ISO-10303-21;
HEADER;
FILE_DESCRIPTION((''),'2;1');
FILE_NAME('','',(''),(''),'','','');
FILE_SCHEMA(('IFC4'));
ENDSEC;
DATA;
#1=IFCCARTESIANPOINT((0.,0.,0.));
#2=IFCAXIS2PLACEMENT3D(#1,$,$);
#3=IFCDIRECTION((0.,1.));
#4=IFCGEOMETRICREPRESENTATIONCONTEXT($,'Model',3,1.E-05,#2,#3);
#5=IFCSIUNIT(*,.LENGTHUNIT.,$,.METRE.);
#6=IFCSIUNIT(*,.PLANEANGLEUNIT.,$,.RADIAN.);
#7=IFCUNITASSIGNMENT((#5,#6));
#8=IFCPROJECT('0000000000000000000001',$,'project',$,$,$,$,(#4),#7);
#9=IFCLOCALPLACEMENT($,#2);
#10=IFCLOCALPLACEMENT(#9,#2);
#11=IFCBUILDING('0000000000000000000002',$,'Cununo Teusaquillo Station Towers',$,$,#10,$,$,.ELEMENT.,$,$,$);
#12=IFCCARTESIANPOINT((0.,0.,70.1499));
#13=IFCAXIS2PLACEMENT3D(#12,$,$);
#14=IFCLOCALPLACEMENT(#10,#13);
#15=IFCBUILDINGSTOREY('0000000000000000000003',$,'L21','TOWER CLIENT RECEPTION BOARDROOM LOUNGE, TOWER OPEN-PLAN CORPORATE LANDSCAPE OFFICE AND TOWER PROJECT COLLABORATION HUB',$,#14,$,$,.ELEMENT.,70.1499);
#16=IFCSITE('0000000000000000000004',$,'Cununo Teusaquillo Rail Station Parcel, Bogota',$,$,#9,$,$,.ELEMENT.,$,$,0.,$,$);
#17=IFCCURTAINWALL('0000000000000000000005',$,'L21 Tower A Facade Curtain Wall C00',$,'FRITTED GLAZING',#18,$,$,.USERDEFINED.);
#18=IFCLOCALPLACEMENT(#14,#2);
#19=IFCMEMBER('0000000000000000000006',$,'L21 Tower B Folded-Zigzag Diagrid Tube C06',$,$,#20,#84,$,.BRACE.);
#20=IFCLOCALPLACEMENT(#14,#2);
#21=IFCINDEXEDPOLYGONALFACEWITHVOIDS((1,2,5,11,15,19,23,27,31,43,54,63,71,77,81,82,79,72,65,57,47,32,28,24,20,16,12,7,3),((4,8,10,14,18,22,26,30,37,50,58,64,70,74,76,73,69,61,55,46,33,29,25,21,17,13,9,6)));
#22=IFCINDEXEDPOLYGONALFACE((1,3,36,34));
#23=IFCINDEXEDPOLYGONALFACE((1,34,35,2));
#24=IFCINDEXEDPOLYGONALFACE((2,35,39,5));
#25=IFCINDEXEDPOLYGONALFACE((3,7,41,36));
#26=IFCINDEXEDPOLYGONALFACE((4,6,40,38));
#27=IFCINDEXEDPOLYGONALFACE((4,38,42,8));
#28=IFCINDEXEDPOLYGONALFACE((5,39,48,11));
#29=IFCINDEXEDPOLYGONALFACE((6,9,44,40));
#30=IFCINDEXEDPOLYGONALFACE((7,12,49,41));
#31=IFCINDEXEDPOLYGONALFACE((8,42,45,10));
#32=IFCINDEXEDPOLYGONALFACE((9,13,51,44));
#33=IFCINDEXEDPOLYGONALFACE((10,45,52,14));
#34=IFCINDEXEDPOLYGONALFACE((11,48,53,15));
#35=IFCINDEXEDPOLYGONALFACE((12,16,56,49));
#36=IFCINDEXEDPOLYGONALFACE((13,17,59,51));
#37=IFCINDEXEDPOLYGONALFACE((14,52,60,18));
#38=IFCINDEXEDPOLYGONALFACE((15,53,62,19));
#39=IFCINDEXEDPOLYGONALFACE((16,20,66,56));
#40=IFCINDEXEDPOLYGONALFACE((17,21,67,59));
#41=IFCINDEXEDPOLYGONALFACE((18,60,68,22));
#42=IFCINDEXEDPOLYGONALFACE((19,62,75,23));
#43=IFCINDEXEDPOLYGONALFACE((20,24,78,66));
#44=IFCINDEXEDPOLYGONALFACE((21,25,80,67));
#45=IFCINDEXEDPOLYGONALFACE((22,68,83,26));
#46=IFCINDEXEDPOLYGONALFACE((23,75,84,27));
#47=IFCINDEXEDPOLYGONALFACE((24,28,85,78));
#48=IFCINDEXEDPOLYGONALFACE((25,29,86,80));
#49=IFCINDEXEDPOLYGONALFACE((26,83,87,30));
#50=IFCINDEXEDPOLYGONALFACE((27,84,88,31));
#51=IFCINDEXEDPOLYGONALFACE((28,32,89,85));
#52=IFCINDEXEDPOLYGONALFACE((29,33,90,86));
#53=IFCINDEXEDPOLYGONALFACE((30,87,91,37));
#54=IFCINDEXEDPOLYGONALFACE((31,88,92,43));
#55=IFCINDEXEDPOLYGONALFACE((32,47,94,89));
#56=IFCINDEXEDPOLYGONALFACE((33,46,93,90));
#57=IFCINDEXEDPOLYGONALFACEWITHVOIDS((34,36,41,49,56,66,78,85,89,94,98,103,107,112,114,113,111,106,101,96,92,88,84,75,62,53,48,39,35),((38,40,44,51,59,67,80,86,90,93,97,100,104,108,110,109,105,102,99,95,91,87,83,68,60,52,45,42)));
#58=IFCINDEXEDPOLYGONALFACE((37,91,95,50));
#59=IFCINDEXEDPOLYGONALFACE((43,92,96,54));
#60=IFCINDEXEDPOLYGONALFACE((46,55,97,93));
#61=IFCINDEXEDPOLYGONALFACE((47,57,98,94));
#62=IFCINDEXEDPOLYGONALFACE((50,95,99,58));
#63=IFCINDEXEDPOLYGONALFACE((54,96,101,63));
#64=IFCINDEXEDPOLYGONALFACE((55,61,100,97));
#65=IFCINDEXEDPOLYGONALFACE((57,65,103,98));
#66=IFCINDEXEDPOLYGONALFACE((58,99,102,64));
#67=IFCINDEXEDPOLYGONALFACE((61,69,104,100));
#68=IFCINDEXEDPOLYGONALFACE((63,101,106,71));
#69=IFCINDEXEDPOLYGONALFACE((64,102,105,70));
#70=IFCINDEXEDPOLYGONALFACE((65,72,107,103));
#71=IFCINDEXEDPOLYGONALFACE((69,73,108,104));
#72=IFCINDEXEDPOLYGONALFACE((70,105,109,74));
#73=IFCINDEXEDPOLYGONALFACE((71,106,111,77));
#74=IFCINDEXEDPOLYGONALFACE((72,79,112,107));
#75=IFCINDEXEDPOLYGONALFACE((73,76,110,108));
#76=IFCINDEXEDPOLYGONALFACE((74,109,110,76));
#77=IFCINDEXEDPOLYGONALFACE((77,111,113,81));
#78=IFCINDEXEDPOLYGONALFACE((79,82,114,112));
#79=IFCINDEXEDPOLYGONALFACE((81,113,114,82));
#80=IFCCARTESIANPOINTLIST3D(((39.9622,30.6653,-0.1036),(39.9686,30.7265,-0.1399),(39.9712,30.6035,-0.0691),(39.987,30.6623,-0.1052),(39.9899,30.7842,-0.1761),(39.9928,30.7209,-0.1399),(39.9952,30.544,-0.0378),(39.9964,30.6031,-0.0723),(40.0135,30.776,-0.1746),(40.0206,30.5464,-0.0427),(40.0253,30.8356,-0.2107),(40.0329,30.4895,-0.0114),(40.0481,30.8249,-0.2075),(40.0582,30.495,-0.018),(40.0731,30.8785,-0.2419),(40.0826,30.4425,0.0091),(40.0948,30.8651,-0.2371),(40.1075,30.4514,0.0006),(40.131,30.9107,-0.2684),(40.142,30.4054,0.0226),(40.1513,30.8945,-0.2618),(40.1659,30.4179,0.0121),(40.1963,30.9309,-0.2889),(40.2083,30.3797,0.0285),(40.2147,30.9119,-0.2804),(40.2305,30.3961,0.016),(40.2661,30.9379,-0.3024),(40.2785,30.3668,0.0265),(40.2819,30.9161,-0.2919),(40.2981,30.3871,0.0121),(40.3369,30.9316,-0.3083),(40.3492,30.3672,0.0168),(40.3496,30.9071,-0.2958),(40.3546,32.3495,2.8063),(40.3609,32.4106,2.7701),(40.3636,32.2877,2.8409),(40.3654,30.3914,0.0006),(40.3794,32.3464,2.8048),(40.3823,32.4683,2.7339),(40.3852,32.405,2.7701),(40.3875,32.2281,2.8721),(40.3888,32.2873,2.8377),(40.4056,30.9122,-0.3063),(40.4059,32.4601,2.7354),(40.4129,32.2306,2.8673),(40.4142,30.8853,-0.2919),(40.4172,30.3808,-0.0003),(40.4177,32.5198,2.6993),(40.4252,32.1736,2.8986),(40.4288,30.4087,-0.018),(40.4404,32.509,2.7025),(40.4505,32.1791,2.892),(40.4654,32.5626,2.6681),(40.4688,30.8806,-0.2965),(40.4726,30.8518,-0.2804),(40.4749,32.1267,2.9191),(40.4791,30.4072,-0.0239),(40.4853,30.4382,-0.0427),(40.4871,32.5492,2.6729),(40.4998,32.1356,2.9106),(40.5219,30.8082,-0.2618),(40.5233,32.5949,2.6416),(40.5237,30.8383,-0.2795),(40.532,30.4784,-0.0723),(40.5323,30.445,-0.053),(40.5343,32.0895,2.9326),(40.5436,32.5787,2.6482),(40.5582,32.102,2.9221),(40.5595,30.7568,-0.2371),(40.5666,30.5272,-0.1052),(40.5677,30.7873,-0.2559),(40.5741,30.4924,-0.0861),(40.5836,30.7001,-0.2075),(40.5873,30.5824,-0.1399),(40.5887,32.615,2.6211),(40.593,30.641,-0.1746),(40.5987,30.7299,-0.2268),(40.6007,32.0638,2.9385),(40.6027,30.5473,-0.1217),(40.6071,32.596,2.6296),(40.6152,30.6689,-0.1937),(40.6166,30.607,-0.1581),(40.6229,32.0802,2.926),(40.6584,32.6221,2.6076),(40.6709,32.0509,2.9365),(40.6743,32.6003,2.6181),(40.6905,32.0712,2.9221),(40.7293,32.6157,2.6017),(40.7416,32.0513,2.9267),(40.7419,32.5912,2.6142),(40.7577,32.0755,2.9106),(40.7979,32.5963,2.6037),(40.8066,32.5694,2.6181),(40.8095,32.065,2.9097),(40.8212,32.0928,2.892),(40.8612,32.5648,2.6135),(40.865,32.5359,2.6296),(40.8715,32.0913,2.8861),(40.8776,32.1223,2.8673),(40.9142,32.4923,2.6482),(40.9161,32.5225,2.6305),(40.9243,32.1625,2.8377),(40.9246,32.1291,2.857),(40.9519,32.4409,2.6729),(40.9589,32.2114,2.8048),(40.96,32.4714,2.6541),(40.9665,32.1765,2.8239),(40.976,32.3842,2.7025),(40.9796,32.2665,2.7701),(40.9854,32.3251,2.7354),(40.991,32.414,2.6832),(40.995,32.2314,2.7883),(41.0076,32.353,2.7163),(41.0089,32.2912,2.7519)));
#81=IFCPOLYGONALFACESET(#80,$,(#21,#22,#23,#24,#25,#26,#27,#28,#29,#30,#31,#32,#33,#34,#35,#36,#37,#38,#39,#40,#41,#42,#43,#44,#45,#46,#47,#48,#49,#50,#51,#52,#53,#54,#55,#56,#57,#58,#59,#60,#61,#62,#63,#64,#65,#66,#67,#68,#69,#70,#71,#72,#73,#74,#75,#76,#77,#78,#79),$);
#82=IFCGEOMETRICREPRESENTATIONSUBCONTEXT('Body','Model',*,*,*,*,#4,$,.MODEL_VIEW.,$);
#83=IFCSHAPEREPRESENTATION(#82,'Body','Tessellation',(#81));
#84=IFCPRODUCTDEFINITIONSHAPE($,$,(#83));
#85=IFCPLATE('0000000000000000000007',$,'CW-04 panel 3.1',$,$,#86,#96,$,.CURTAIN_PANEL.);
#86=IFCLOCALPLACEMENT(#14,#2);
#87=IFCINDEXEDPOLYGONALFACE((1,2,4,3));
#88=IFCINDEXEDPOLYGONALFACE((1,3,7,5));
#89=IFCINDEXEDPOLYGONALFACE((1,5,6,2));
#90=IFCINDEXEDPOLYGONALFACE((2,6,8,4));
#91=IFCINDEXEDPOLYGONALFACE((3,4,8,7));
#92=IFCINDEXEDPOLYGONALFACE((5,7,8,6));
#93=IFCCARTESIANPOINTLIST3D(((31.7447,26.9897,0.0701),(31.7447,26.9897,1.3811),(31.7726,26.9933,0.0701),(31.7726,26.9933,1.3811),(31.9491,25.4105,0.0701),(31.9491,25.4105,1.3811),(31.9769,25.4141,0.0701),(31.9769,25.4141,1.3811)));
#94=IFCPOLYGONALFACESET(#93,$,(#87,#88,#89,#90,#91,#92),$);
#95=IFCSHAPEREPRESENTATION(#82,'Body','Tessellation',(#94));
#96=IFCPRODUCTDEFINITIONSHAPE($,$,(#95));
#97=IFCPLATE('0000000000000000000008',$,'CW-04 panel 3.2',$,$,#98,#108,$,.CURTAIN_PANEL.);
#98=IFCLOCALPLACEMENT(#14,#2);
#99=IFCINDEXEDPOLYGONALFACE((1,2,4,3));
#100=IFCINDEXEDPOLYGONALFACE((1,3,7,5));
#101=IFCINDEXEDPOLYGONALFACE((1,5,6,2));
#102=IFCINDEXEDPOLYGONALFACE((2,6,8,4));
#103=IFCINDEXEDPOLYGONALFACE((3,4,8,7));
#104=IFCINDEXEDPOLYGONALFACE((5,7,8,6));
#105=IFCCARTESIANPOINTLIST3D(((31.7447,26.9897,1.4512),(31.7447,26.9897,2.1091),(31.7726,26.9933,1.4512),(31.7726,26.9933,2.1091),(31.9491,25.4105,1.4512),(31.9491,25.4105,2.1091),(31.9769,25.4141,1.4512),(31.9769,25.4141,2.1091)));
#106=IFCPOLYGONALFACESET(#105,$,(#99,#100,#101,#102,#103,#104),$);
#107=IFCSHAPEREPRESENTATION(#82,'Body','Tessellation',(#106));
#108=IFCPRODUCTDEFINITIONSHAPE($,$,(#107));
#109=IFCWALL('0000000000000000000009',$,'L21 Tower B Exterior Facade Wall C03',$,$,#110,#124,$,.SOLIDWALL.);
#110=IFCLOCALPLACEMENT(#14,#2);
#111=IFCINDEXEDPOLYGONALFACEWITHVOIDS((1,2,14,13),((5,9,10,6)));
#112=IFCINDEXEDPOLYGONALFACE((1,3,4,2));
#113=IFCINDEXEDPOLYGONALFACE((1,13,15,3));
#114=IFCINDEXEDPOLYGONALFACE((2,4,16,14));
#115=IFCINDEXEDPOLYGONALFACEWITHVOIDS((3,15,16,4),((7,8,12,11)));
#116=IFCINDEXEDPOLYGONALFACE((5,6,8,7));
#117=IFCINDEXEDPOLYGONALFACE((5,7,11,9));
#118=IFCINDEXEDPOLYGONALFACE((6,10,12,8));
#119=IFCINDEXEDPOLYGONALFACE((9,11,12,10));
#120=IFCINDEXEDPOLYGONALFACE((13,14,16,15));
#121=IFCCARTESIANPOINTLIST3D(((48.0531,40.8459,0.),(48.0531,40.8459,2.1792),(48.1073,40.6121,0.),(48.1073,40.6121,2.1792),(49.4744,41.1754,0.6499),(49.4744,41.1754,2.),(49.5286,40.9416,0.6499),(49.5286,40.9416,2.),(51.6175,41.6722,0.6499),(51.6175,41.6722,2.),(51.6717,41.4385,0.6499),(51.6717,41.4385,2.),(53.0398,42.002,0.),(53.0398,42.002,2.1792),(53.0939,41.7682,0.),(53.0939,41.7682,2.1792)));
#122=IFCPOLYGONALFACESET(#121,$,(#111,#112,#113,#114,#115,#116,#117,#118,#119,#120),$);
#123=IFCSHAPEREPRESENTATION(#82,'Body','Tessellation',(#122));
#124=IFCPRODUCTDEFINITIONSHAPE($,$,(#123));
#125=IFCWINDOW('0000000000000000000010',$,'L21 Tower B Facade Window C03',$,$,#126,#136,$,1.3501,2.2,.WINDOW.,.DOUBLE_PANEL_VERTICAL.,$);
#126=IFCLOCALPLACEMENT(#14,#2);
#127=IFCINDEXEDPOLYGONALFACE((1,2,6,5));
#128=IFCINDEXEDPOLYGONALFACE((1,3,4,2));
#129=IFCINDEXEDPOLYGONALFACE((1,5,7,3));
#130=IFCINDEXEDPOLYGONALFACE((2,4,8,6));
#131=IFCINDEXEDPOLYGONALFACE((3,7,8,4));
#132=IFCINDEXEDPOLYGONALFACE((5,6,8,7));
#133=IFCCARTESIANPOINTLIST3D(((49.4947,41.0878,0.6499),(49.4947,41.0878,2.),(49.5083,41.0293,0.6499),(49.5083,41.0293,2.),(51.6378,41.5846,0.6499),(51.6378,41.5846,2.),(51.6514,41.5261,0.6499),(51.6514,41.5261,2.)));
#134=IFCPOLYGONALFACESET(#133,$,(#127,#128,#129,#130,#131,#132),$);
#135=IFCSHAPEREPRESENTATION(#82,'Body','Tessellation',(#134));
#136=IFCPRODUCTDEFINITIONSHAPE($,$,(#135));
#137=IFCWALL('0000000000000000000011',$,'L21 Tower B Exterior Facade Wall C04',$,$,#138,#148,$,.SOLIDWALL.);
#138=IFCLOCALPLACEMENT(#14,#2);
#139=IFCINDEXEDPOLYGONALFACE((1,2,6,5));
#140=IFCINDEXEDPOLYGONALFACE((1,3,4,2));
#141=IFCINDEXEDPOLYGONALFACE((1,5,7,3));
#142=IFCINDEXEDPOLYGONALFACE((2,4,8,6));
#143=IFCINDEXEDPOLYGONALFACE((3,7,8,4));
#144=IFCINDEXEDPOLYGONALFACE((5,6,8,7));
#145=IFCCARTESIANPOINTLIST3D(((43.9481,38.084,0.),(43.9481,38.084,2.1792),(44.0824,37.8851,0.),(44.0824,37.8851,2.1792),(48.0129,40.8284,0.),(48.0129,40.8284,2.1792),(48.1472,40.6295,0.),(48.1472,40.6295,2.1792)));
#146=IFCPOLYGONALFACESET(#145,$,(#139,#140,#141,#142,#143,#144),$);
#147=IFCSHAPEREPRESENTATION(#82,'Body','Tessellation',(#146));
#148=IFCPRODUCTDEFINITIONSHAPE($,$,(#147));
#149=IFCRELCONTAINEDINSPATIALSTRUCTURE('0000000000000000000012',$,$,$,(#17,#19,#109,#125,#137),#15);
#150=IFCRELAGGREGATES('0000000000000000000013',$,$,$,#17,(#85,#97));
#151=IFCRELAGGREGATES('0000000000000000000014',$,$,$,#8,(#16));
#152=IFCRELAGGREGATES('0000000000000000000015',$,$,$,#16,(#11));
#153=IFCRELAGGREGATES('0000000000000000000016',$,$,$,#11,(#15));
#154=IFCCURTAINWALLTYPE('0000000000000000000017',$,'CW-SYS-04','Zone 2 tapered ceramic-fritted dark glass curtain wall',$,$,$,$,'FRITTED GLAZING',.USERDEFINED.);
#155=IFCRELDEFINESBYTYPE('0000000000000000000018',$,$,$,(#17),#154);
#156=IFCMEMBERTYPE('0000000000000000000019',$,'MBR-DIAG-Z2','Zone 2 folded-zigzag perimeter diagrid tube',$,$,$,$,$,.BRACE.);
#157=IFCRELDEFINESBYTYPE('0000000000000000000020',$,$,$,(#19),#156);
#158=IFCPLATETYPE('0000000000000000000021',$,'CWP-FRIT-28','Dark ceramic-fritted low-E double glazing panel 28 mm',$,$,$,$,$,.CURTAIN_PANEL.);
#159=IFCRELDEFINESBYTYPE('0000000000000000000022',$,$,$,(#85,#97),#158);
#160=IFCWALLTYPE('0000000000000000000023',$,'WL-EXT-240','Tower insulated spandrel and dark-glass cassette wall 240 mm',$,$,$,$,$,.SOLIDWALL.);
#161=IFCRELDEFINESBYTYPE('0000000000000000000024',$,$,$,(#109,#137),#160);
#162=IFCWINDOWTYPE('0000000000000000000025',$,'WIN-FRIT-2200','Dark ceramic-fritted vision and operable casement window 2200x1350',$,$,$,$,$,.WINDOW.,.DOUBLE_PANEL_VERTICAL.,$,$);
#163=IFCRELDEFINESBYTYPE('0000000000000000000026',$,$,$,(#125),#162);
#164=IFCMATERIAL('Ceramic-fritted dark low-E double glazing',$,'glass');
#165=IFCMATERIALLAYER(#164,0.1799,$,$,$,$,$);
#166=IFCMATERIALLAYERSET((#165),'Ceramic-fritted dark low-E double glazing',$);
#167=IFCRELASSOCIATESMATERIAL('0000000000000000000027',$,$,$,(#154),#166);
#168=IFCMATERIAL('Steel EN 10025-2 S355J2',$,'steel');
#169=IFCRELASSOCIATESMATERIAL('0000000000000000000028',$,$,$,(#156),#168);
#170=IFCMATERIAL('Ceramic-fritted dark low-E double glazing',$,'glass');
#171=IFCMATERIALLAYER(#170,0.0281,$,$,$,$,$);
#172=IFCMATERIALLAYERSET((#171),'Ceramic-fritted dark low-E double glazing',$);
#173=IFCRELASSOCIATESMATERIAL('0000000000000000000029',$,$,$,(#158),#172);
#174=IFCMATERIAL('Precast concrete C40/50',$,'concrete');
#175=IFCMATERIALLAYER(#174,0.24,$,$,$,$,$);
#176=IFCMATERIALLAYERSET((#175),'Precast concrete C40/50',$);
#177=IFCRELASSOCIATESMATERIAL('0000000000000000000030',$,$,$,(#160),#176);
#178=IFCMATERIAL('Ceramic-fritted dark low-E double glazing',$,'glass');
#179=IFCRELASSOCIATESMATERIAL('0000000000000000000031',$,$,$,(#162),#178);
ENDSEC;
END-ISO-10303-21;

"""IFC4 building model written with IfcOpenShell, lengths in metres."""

from ifc_helpers import new_model, si_unit, direction, frame, frame_2d, origin, origin_2d, place, context, subcontext, project, spatial, rectangle, hollow_circle, extrude, source, transform, mapped, material, layer, layer_set, material_profile, profile_set, type_object, element, fill, aggregate, save


model = new_model("IFC4")

# Units and contexts
model_context = context("Model", 3, precision=1e-05, world=origin(), true_north=direction((0.0, 1.0)))
body_context = subcontext(model_context, "Body", "Model", "MODEL_VIEW")
ifc_project = project(units=[si_unit("LENGTHUNIT", "METRE"), si_unit("PLANEANGLEUNIT", "RADIAN")], contexts=[model_context])

# Site, building, storey
site_placement = place(None, origin())
site = spatial("IfcSite", under=ifc_project, at=site_placement, Name="Cununo Teusaquillo Rail Station Parcel, Bogota", CompositionType="ELEMENT", RefElevation=0.0)
building_placement = place(site_placement, origin())
building = spatial("IfcBuilding", under=site, at=building_placement, Name="Cununo Teusaquillo Station Towers", CompositionType="ELEMENT")
storey_placement = place(building_placement, frame((0.0, 0.0, 70.1499)))
storey = spatial("IfcBuildingStorey", under=building, at=storey_placement, Name="L21", Description="TOWER CLIENT RECEPTION BOARDROOM LOUNGE, TOWER OPEN-PLAN CORPORATE LANDSCAPE OFFICE AND TOWER PROJECT COLLABORATION HUB", CompositionType="ELEMENT", Elevation=70.1499)

# Curtain wall
ifc_material_1 = material(Name="Ceramic-fritted dark low-E double glazing", Category="glass")
ifc_layer_1 = layer(ifc_material_1, 0.1799)
ifc_layer_set_1 = layer_set([ifc_layer_1], Name="Ceramic-fritted dark low-E double glazing")
curtain_wall_type = type_object("IfcCurtainWallType", Name="CW-SYS-04", Description="Zone 2 tapered ceramic-fritted dark glass curtain wall", ElementType="FRITTED GLAZING", PredefinedType="USERDEFINED", material=ifc_layer_set_1)
curtain_wall_placement = place(storey_placement, origin())
curtain_wall = element("IfcCurtainWall", 1, at=curtain_wall_placement, inside=storey, type_object=curtain_wall_type, Name="L21 Tower A Facade Curtain Wall C00", ObjectType="FRITTED GLAZING", PredefinedType="USERDEFINED")

# Member
ifc_material_2 = material(Name="Steel EN 10025-2 S355J2", Category="steel")
ifc_material_profile_1 = material_profile(ifc_material_2, hollow_circle(Radius=0.3301, WallThickness=0.0249, at=origin_2d()), Name="CHS 660x25")
ifc_profile_set_1 = profile_set([ifc_material_profile_1], Name="Steel EN 10025-2 S355J2")
member_type_1 = type_object("IfcMemberType", Name="MBR-DIAG-Z2", Description="Zone 2 folded-zigzag perimeter diagrid tube", PredefinedType="BRACE", material=ifc_profile_set_1)
member_1_placement = place(storey_placement, frame((40.29, 30.6516, -0.1399), z_axis=(0.115907, 0.497526, 0.859671), x_axis=(-0.97392, 0.22689, 0.0)))
element("IfcMember", 2, at=member_1_placement, inside=storey, type_object=member_type_1, Name="L21 Tower B Folded-Zigzag Diagrid Tube C06", PredefinedType="BRACE", context=body_context, shape_type="SweptSolid", body=[
    extrude(hollow_circle(Radius=0.3301, WallThickness=0.0249, at=origin_2d()), origin(), (0.0, 0.0, 1.0), 3.385),
])

# Plates
ifc_material_3 = material(Name="Ceramic-fritted dark low-E double glazing", Category="glass")
ifc_layer_2 = layer(ifc_material_3, 0.0281)
ifc_layer_set_2 = layer_set([ifc_layer_2], Name="Ceramic-fritted dark low-E double glazing")
plate_type = type_object("IfcPlateType", Name="CWP-FRIT-28", Description="Dark ceramic-fritted low-E double glazing panel 28 mm", PredefinedType="CURTAIN_PANEL", material=ifc_layer_set_2)
shared_shape_1 = source(origin(), body_context, "Body", "SweptSolid", [
    extrude(rectangle(XDim=1.5923, YDim=0.0281, at=origin_2d()), origin(), (0.0, 0.0, 1.0), 1.311),
])
plate_1_placement = place(storey_placement, frame((31.8608, 26.2019, 0.0701), z_axis=(0.0, 0.0, 1.0), x_axis=(0.128336, -0.991731, 0.0)))
plate_1 = element("IfcPlate", 3, at=plate_1_placement, type_object=plate_type, Name="CW-04 panel 3.1", PredefinedType="CURTAIN_PANEL", context=body_context, shape_type="MappedRepresentation", body=[
    mapped(shared_shape_1, transform((0.0, 0.0, 0.0), x_axis=(1.0, 0.0, 0.0), y_axis=(0.0, 1.0, 0.0), z_axis=(0.0, 0.0, 1.0), scale=1.0)),
])
shared_shape_2 = source(origin(), body_context, "Body", "SweptSolid", [
    extrude(rectangle(XDim=1.5923, YDim=0.0281, at=origin_2d()), origin(), (0.0, 0.0, 1.0), 0.658),
])
plate_2_placement = place(storey_placement, frame((31.8608, 26.2019, 1.4512), z_axis=(0.0, 0.0, 1.0), x_axis=(0.128336, -0.991731, 0.0)))
plate_2 = element("IfcPlate", 4, at=plate_2_placement, type_object=plate_type, Name="CW-04 panel 3.2", PredefinedType="CURTAIN_PANEL", context=body_context, shape_type="MappedRepresentation", body=[
    mapped(shared_shape_2, transform((0.0, 0.0, 0.0), x_axis=(1.0, 0.0, 0.0), y_axis=(0.0, 1.0, 0.0), z_axis=(0.0, 0.0, 1.0), scale=1.0)),
])
aggregate(curtain_wall, [plate_1, plate_2])

# Wall, opening, window
ifc_material_4 = material(Name="Precast concrete C40/50", Category="concrete")
ifc_layer_3 = layer(ifc_material_4, 0.24)
ifc_layer_set_3 = layer_set([ifc_layer_3], Name="Precast concrete C40/50")
wall_type_1 = type_object("IfcWallType", Name="WL-EXT-240", Description="Tower insulated spandrel and dark-glass cassette wall 240 mm", PredefinedType="SOLIDWALL", material=ifc_layer_set_3)
wall_1_placement = place(storey_placement, frame((48.0801, 40.729, 0.0), z_axis=(0.0, 0.0, 1.0), x_axis=(0.974166, 0.225835, 0.0)))
wall_1 = element("IfcWall", 5, at=wall_1_placement, inside=storey, type_object=wall_type_1, Name="L21 Tower B Exterior Facade Wall C03", PredefinedType="SOLIDWALL", context=body_context, shape_type="SweptSolid", body=[
    extrude(rectangle(XDim=5.1189, YDim=0.24, at=frame_2d((2.5596, 0.0))), origin(), (0.0, 0.0, 1.0), 2.1792),
])
shared_shape_3 = source(origin(), body_context, "Body", "SweptSolid", [
    extrude(rectangle(XDim=2.2, YDim=1.3501, at=frame_2d((1.1001, 0.675))), frame((0.0, 0.1299, 0.0), z_axis=(0.0, -1.0, 0.0), x_axis=(1.0, 0.0, 0.0)), (0.0, 0.0, 1.0), 0.26),
])
opening_1_placement = place(wall_1_placement, frame((1.459, 0.0, 0.6499)))
opening_1 = element("IfcOpeningElement", 6, at=opening_1_placement, cuts=wall_1, PredefinedType="OPENING", context=body_context, shape_type="MappedRepresentation", body=[
    mapped(shared_shape_3, transform((0.0, 0.0, 0.0), x_axis=(1.0, 0.0, 0.0), y_axis=(0.0, 1.0, 0.0), z_axis=(0.0, 0.0, 1.0), scale=1.0)),
])
ifc_material_5 = material(Name="Ceramic-fritted dark low-E double glazing", Category="glass")
window_type_1 = type_object("IfcWindowType", Name="WIN-FRIT-2200", Description="Dark ceramic-fritted vision and operable casement window 2200x1350", PartitioningType="DOUBLE_PANEL_VERTICAL", PredefinedType="WINDOW", material=ifc_material_5)
shared_shape_4 = source(origin(), body_context, "Body", "SweptSolid", [
    extrude(rectangle(XDim=2.2, YDim=1.3501, at=frame_2d((1.1001, 0.675))), frame((0.0, 0.03, 0.0), z_axis=(0.0, -1.0, 0.0), x_axis=(1.0, 0.0, 0.0)), (0.0, 0.0, 1.0), 0.0601),
])
window_1_placement = place(opening_1_placement, origin())
window_1 = element("IfcWindow", 7, at=window_1_placement, inside=storey, type_object=window_type_1, Name="L21 Tower B Facade Window C03", OverallHeight=1.3501, OverallWidth=2.2, PartitioningType="DOUBLE_PANEL_VERTICAL", PredefinedType="WINDOW", context=body_context, shape_type="MappedRepresentation", body=[
    mapped(shared_shape_4, transform((0.0, 0.0, 0.0), x_axis=(1.0, 0.0, 0.0), y_axis=(0.0, 1.0, 0.0), z_axis=(0.0, 0.0, 1.0), scale=1.0)),
])
fill(opening_1, window_1)

# Wall
wall_2_placement = place(storey_placement, frame((44.0154, 37.9846, 0.0), z_axis=(0.0, 0.0, 1.0), x_axis=(0.828781, 0.559573, 0.0)))
element("IfcWall", 8, at=wall_2_placement, inside=storey, type_object=wall_type_1, Name="L21 Tower B Exterior Facade Wall C04", PredefinedType="SOLIDWALL", context=body_context, shape_type="SweptSolid", body=[
    extrude(rectangle(XDim=4.9045, YDim=0.24, at=frame_2d((2.4521, 0.0))), origin(), (0.0, 0.0, 1.0), 2.1792),
])

save(model, "model.ifc")
